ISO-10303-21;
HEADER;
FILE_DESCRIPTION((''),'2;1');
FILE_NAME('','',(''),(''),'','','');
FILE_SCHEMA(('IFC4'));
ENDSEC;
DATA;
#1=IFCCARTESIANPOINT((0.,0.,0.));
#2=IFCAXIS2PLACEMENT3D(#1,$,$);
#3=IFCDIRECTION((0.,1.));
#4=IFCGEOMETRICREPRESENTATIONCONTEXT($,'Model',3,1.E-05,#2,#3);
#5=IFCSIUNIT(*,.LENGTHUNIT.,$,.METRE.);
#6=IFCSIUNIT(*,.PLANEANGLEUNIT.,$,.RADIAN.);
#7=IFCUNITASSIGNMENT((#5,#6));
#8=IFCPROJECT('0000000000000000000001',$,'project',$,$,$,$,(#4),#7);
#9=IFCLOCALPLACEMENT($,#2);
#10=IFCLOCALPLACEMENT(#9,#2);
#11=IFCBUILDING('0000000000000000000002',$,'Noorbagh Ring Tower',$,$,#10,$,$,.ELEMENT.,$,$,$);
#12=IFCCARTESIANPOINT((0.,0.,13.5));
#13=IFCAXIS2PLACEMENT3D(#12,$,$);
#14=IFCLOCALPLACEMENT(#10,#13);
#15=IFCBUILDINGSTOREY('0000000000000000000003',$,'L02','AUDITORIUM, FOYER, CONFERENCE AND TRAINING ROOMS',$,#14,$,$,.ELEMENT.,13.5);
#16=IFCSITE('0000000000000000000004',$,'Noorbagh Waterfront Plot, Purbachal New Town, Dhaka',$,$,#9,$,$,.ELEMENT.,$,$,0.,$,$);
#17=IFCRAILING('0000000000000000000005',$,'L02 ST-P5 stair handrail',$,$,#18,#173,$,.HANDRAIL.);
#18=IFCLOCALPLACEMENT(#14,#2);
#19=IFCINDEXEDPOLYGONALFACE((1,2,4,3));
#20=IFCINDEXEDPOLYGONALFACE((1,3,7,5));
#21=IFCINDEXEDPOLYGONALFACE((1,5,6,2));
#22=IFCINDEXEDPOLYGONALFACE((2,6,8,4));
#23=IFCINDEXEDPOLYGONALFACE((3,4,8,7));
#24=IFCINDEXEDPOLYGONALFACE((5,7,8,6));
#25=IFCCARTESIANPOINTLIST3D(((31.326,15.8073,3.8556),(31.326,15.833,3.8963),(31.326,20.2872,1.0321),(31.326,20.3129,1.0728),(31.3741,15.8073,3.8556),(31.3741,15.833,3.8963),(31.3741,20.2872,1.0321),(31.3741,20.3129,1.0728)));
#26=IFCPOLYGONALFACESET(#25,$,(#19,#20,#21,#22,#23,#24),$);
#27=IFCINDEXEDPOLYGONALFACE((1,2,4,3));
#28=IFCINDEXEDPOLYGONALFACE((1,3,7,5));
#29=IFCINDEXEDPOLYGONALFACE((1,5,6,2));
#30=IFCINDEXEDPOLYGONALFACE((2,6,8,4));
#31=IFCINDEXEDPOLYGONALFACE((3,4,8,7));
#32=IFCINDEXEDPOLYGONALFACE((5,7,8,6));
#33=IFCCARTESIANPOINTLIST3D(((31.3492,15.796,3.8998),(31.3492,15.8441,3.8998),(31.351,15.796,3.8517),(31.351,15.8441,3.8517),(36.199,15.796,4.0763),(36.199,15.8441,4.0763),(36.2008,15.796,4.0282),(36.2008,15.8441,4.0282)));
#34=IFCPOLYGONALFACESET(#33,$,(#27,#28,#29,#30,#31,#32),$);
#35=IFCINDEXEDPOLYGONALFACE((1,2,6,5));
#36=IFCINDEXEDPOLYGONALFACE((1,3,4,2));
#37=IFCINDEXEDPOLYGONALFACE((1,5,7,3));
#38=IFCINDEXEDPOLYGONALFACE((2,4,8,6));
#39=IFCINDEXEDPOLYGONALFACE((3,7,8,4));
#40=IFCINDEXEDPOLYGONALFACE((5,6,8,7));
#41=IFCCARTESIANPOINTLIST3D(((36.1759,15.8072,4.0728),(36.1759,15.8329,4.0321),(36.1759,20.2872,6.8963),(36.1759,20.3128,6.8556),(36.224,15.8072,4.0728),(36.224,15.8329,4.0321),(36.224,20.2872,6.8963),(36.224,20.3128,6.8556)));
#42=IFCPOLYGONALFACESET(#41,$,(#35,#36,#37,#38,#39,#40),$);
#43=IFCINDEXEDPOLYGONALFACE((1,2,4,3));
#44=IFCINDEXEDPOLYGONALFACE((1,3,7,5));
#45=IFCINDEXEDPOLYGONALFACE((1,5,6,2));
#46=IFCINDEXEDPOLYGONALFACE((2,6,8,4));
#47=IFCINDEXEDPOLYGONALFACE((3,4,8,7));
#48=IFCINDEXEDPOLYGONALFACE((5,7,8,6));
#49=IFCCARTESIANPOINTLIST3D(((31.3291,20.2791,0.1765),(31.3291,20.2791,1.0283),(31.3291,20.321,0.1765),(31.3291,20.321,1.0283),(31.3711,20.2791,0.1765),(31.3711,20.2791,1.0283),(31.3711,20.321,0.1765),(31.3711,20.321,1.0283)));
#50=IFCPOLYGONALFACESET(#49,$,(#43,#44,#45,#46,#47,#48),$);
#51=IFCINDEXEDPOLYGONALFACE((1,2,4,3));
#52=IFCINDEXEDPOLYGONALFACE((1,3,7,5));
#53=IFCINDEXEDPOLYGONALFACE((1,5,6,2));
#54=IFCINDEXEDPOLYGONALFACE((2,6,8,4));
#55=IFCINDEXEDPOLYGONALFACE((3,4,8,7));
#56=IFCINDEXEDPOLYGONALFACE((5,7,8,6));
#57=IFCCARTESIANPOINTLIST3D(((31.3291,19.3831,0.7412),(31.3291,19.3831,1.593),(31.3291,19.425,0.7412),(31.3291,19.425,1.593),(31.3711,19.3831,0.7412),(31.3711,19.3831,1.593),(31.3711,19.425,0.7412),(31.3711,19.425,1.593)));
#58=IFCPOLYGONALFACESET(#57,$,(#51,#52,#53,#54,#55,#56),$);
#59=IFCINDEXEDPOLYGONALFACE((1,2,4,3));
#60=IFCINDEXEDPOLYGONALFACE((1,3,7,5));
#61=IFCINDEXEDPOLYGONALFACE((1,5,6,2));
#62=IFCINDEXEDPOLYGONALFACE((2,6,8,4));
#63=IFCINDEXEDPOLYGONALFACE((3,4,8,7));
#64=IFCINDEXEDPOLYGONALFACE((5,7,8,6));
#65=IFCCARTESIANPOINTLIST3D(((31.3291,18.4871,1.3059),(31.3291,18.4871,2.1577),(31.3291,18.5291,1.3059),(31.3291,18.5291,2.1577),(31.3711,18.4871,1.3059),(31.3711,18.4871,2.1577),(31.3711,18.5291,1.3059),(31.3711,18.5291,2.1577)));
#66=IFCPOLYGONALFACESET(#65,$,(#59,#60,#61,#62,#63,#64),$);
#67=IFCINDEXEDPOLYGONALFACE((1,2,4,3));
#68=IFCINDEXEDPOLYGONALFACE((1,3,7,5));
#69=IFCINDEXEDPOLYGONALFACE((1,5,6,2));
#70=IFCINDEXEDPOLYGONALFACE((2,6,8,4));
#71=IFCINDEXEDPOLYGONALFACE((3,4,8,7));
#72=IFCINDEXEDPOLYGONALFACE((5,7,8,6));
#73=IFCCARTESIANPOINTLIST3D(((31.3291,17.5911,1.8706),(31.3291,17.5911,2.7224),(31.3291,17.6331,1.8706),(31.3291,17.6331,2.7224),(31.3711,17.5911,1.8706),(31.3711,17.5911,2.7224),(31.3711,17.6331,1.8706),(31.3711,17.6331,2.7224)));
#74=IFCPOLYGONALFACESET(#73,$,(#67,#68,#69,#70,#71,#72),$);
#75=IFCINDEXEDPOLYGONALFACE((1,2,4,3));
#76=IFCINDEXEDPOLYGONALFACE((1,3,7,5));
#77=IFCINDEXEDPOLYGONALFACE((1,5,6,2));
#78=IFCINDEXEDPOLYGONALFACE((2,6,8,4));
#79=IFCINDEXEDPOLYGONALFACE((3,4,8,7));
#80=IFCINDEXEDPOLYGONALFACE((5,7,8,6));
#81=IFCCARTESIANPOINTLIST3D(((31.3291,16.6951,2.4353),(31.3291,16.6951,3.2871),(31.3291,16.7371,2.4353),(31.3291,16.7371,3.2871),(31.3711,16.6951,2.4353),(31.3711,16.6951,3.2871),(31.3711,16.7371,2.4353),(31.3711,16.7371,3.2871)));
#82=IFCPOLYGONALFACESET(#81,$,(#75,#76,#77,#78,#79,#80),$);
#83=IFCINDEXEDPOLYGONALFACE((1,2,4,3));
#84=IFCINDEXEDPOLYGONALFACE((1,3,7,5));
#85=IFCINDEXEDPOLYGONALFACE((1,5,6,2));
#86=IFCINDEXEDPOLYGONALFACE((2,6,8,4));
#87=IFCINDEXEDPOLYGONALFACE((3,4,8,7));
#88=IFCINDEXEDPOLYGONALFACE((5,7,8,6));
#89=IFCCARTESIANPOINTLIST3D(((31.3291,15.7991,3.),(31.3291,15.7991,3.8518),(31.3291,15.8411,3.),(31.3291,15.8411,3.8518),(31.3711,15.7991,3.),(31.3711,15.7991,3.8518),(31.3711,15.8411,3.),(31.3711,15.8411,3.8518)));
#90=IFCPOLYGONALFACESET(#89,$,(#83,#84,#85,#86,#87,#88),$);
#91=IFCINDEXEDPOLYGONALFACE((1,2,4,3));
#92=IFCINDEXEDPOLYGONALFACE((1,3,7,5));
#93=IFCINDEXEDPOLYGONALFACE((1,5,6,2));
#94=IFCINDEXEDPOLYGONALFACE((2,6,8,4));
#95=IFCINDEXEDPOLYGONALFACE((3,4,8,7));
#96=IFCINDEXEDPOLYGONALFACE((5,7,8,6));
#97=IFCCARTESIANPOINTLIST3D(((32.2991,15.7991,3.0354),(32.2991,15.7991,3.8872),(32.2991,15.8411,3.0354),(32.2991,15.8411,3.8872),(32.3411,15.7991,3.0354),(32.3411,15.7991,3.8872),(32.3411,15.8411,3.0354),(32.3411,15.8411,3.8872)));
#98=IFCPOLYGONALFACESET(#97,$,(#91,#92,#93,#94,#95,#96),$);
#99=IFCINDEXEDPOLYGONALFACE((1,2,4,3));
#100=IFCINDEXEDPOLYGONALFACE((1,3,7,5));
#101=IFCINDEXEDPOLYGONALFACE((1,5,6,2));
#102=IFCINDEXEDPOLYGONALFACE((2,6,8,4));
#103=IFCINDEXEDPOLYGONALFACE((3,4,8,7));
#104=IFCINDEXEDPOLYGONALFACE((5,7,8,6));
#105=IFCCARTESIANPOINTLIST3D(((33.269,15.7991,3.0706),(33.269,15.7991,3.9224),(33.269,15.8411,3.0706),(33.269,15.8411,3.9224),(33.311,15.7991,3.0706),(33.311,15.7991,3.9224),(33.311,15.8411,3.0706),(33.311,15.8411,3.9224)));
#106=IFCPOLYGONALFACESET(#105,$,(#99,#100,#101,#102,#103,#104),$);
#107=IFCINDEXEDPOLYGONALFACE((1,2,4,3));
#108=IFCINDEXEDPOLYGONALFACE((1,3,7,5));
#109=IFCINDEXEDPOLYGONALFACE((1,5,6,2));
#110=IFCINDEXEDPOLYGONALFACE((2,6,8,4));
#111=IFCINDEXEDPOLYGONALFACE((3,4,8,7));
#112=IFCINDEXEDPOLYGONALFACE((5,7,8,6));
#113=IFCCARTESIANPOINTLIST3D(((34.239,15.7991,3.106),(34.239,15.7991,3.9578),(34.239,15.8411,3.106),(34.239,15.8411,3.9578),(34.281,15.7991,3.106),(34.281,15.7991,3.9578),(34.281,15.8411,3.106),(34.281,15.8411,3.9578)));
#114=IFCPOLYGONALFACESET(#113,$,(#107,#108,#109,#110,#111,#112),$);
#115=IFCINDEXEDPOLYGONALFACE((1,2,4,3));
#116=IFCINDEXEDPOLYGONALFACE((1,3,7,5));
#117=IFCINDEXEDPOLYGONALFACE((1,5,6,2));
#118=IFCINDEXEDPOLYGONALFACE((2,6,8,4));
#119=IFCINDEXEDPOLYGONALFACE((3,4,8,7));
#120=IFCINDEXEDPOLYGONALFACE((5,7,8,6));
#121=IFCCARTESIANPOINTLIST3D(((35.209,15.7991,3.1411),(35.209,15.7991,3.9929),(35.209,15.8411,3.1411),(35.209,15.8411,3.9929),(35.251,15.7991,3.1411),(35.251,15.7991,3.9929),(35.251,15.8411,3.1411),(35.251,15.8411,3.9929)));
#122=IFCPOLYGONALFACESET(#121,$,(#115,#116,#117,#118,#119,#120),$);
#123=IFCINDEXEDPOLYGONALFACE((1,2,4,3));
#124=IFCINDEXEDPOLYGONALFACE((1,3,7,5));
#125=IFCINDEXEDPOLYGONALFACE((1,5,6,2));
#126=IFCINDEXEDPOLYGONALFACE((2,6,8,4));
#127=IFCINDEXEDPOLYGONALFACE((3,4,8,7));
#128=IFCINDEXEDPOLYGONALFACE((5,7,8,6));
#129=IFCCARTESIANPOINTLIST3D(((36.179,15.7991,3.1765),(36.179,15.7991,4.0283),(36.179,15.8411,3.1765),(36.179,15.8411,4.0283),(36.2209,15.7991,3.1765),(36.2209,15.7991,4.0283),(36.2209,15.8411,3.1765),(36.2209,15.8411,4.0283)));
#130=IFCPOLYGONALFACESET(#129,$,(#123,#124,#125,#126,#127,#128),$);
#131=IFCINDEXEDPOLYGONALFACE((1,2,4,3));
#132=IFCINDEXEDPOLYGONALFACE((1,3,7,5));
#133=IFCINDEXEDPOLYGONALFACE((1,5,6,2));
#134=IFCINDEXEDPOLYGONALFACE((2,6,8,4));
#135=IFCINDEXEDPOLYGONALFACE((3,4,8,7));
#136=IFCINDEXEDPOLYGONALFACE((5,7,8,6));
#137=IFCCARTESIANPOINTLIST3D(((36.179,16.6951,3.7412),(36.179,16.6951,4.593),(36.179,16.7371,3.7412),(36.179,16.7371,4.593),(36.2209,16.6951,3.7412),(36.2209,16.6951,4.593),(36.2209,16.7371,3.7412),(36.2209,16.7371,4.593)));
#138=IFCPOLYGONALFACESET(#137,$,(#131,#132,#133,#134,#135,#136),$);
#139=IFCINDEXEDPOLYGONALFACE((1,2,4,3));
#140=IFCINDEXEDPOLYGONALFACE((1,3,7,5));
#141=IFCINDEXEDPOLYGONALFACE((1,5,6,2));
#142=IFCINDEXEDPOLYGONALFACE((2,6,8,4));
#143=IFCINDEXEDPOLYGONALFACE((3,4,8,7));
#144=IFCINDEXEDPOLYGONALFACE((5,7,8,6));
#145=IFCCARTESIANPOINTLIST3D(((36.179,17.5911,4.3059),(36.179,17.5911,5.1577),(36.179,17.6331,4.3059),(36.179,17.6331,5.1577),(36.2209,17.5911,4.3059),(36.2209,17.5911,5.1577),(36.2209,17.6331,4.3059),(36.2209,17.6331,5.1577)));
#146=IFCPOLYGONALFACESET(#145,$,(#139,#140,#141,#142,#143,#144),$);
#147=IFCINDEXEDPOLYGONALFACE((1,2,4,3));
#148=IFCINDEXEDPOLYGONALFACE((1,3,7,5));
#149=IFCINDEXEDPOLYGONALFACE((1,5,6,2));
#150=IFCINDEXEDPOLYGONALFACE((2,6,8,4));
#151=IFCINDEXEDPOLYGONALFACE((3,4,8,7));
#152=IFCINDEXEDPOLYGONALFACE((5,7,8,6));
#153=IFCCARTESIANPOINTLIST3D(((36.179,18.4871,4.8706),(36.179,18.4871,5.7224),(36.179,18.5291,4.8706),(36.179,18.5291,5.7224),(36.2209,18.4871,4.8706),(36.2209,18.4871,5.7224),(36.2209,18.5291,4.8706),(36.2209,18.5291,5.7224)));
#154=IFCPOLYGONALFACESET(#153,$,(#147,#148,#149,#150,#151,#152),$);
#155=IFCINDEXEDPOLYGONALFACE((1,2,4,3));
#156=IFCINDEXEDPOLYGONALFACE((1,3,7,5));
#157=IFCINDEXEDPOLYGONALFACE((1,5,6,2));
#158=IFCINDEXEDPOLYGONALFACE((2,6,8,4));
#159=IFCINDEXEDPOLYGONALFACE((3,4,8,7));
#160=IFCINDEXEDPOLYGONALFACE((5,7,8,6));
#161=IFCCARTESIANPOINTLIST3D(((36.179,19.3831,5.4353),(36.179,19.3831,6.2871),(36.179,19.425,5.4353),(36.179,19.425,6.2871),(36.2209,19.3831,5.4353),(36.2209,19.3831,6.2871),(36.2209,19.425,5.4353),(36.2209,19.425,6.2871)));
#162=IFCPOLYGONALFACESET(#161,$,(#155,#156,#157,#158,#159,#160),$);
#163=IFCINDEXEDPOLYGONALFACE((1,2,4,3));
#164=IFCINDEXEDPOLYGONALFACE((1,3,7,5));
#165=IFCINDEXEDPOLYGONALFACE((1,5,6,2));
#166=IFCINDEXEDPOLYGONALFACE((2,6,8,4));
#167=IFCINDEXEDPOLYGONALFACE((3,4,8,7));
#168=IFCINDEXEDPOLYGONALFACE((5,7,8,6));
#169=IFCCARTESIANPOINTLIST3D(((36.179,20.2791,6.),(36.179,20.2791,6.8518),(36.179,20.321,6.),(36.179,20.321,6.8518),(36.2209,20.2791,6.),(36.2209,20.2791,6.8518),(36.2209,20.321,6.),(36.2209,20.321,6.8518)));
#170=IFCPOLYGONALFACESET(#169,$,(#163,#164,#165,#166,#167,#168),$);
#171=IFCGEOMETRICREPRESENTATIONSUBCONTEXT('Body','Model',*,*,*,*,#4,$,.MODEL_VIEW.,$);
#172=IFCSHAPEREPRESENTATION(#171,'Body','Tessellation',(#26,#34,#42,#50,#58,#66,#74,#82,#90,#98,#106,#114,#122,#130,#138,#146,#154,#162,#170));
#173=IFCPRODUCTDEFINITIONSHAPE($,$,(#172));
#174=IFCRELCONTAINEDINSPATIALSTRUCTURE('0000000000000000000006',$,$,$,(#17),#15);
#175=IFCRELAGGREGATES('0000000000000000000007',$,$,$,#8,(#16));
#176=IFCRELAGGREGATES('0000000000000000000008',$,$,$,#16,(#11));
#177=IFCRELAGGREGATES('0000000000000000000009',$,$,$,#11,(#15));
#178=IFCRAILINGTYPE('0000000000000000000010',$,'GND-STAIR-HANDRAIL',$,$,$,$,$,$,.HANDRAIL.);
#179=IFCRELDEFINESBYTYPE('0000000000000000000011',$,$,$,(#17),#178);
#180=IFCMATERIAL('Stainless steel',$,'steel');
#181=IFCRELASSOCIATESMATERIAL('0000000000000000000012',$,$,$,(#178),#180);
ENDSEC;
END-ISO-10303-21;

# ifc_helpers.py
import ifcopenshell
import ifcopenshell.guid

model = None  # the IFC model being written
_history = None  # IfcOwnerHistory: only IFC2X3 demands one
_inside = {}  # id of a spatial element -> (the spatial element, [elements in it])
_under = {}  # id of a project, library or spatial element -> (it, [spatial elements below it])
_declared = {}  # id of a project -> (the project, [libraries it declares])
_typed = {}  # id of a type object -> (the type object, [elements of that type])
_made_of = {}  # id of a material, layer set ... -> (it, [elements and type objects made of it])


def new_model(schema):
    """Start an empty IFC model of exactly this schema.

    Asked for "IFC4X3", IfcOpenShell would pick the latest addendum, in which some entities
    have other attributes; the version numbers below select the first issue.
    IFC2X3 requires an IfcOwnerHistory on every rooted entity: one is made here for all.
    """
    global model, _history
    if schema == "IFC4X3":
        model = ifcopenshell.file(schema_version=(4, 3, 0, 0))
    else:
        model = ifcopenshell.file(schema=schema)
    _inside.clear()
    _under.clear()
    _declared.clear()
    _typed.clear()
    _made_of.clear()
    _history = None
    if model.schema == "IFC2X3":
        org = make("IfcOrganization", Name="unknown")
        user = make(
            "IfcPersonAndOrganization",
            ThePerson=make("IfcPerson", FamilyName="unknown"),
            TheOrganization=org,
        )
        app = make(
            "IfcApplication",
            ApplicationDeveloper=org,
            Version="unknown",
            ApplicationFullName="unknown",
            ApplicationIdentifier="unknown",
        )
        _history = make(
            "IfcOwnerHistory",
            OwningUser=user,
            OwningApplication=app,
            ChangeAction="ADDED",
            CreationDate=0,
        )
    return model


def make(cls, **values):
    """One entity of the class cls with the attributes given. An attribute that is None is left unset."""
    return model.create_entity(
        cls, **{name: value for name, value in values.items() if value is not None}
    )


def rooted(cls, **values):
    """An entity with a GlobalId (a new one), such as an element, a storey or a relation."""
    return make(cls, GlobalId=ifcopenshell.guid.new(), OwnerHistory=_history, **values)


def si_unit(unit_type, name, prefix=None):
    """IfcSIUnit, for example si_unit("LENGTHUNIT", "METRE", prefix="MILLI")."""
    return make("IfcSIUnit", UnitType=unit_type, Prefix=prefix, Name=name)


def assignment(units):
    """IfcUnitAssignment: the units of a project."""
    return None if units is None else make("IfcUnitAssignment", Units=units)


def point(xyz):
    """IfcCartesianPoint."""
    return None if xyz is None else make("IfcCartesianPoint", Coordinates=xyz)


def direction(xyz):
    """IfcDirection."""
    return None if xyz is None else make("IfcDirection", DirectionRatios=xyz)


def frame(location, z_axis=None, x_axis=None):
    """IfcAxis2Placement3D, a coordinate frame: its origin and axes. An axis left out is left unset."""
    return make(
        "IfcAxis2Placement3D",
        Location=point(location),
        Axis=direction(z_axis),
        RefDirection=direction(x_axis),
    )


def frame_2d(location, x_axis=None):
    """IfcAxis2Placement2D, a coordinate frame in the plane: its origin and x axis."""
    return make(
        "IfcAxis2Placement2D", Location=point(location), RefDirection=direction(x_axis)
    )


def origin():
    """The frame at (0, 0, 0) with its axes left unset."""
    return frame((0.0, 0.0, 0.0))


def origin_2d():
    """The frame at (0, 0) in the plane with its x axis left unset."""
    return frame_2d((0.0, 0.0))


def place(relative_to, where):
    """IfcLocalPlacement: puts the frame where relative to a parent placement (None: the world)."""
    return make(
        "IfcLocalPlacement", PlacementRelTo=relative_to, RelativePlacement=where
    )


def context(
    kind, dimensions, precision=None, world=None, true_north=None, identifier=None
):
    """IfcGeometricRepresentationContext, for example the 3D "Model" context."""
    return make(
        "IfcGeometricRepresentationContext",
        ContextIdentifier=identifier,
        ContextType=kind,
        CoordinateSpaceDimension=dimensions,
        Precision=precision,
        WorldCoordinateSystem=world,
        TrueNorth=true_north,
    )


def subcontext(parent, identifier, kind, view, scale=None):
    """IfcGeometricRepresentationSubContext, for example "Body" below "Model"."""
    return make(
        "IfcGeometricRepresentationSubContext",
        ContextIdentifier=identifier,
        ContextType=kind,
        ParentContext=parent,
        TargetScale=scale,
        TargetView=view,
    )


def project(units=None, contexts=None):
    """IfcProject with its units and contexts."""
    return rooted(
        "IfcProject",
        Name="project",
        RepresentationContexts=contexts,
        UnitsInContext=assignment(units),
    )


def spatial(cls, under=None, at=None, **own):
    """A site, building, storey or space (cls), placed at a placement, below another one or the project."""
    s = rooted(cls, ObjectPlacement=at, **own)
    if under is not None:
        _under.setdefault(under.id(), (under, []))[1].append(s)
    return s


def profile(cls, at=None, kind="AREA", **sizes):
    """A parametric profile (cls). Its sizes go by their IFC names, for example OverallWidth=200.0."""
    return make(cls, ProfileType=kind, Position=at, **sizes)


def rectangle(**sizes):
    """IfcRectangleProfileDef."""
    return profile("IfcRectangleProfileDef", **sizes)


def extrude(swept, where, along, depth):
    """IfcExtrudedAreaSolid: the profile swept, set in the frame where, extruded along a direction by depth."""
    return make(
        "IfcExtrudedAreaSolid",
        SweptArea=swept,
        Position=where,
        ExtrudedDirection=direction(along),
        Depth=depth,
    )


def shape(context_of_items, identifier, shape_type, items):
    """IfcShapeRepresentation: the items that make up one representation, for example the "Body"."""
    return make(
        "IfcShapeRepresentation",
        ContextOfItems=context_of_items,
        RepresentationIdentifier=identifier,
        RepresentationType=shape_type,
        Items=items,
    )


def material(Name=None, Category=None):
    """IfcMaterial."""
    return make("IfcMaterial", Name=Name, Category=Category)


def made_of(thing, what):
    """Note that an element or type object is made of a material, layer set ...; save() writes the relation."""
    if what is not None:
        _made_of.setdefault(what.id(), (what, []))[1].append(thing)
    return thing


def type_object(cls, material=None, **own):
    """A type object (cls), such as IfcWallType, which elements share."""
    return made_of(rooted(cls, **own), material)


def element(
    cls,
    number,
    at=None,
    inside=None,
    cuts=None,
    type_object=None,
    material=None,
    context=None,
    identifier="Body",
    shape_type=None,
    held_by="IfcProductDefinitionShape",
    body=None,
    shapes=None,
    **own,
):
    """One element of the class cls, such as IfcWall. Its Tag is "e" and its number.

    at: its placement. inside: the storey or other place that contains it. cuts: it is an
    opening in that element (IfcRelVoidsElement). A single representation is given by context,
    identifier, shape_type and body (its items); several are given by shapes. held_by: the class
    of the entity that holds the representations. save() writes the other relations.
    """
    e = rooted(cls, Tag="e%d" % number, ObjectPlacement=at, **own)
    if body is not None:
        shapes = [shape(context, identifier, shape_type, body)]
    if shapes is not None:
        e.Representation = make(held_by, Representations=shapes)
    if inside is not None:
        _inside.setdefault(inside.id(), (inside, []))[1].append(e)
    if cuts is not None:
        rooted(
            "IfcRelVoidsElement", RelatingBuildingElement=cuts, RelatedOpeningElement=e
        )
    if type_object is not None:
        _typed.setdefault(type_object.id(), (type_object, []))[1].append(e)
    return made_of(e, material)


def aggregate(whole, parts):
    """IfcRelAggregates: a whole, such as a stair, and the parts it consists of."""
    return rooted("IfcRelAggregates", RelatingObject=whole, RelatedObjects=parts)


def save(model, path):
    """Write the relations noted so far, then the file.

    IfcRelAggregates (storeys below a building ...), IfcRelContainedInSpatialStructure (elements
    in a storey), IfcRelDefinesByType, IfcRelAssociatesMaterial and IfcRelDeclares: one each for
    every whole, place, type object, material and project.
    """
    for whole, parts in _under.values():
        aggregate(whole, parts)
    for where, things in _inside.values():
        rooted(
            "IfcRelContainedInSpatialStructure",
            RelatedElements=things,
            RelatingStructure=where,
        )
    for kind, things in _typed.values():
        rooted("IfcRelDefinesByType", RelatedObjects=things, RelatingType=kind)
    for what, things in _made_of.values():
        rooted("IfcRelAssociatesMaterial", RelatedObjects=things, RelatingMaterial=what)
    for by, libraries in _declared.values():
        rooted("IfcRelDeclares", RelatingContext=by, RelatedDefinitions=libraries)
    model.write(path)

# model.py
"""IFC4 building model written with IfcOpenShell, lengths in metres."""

from ifc_helpers import new_model, si_unit, direction, frame, origin, origin_2d, place, context, subcontext, project, spatial, rectangle, extrude, material, type_object, element, save


model = new_model("IFC4")

# Units and contexts
model_context = context("Model", 3, precision=1e-05, world=origin(), true_north=direction((0.0, 1.0)))
body_context = subcontext(model_context, "Body", "Model", "MODEL_VIEW")
ifc_project = project(units=[si_unit("LENGTHUNIT", "METRE"), si_unit("PLANEANGLEUNIT", "RADIAN")], contexts=[model_context])

# Site, building, storey
site_placement = place(None, origin())
site = spatial("IfcSite", under=ifc_project, at=site_placement, Name="Noorbagh Waterfront Plot, Purbachal New Town, Dhaka", CompositionType="ELEMENT", RefElevation=0.0)
building_placement = place(site_placement, origin())
building = spatial("IfcBuilding", under=site, at=building_placement, Name="Noorbagh Ring Tower", CompositionType="ELEMENT")
storey_placement = place(building_placement, frame((0.0, 0.0, 13.5)))
storey = spatial("IfcBuildingStorey", under=building, at=storey_placement, Name="L02", Description="AUDITORIUM, FOYER, CONFERENCE AND TRAINING ROOMS", CompositionType="ELEMENT", Elevation=13.5)

# Railing
ifc_material_1 = material(Name="Stainless steel", Category="steel")
railing_type_1 = type_object("IfcRailingType", Name="GND-STAIR-HANDRAIL", PredefinedType="HANDRAIL", material=ifc_material_1)
railing_1_placement = place(storey_placement, frame((31.3501, 20.3, 0.1765)))
element("IfcRailing", 1, at=railing_1_placement, inside=storey, type_object=railing_type_1, Name="L02 ST-P5 stair handrail", PredefinedType="HANDRAIL", context=body_context, shape_type="SweptSolid", body=[
    extrude(rectangle(XDim=0.0481, YDim=0.0481, at=origin_2d()), frame((0.0, 0.0, 0.876), z_axis=(0.0, -0.845998, 0.533186), x_axis=(1.0, 0.0, 0.0)), (0.0, 0.0, 1.0), 5.2954),
    extrude(rectangle(XDim=0.0481, YDim=0.0481, at=origin_2d()), frame((0.0, -4.48, 3.6992), z_axis=(0.999338, 0.0, 0.036372), x_axis=(0.0, 1.0, 0.0)), (0.0, 0.0, 1.0), 4.853),
    extrude(rectangle(XDim=0.0481, YDim=0.0481, at=origin_2d()), frame((4.8499, -4.48, 3.876), z_axis=(0.0, 0.845998, 0.533186), x_axis=(-1.0, 0.0, 0.0)), (0.0, 0.0, 1.0), 5.2954),
    extrude(rectangle(XDim=0.042, YDim=0.042, at=origin_2d()), origin(), (0.0, 0.0, 1.0), 0.8518),
    extrude(rectangle(XDim=0.042, YDim=0.042, at=origin_2d()), frame((0.0, -0.896, 0.5647)), (0.0, 0.0, 1.0), 0.8518),
    extrude(rectangle(XDim=0.042, YDim=0.042, at=origin_2d()), frame((0.0, -1.792, 1.1294)), (0.0, 0.0, 1.0), 0.8518),
    extrude(rectangle(XDim=0.042, YDim=0.042, at=origin_2d()), frame((0.0, -2.688, 1.6941)), (0.0, 0.0, 1.0), 0.8518),
    extrude(rectangle(XDim=0.042, YDim=0.042, at=origin_2d()), frame((0.0, -3.584, 2.2588)), (0.0, 0.0, 1.0), 0.8518),
    extrude(rectangle(XDim=0.042, YDim=0.042, at=origin_2d()), frame((0.0, -4.48, 2.8235)), (0.0, 0.0, 1.0), 0.8518),
    extrude(rectangle(XDim=0.042, YDim=0.042, at=origin_2d()), frame((0.97, -4.48, 2.8589)), (0.0, 0.0, 1.0), 0.8518),
    extrude(rectangle(XDim=0.042, YDim=0.042, at=origin_2d()), frame((1.9399, -4.48, 2.894)), (0.0, 0.0, 1.0), 0.8518),
    extrude(rectangle(XDim=0.042, YDim=0.042, at=origin_2d()), frame((2.9099, -4.48, 2.9294)), (0.0, 0.0, 1.0), 0.8518),
    extrude(rectangle(XDim=0.042, YDim=0.042, at=origin_2d()), frame((3.8799, -4.48, 2.9646)), (0.0, 0.0, 1.0), 0.8518),
    extrude(rectangle(XDim=0.042, YDim=0.042, at=origin_2d()), frame((4.8499, -4.48, 3.0)), (0.0, 0.0, 1.0), 0.8518),
    extrude(rectangle(XDim=0.042, YDim=0.042, at=origin_2d()), frame((4.8499, -3.584, 3.5647)), (0.0, 0.0, 1.0), 0.8518),
    extrude(rectangle(XDim=0.042, YDim=0.042, at=origin_2d()), frame((4.8499, -2.688, 4.1294)), (0.0, 0.0, 1.0), 0.8518),
    extrude(rectangle(XDim=0.042, YDim=0.042, at=origin_2d()), frame((4.8499, -1.792, 4.6941)), (0.0, 0.0, 1.0), 0.8518),
    extrude(rectangle(XDim=0.042, YDim=0.042, at=origin_2d()), frame((4.8499, -0.896, 5.2588)), (0.0, 0.0, 1.0), 0.8518),
    extrude(rectangle(XDim=0.042, YDim=0.042, at=origin_2d()), frame((4.8499, 0.0, 5.8235)), (0.0, 0.0, 1.0), 0.8518),
])

save(model, "model.ifc")
